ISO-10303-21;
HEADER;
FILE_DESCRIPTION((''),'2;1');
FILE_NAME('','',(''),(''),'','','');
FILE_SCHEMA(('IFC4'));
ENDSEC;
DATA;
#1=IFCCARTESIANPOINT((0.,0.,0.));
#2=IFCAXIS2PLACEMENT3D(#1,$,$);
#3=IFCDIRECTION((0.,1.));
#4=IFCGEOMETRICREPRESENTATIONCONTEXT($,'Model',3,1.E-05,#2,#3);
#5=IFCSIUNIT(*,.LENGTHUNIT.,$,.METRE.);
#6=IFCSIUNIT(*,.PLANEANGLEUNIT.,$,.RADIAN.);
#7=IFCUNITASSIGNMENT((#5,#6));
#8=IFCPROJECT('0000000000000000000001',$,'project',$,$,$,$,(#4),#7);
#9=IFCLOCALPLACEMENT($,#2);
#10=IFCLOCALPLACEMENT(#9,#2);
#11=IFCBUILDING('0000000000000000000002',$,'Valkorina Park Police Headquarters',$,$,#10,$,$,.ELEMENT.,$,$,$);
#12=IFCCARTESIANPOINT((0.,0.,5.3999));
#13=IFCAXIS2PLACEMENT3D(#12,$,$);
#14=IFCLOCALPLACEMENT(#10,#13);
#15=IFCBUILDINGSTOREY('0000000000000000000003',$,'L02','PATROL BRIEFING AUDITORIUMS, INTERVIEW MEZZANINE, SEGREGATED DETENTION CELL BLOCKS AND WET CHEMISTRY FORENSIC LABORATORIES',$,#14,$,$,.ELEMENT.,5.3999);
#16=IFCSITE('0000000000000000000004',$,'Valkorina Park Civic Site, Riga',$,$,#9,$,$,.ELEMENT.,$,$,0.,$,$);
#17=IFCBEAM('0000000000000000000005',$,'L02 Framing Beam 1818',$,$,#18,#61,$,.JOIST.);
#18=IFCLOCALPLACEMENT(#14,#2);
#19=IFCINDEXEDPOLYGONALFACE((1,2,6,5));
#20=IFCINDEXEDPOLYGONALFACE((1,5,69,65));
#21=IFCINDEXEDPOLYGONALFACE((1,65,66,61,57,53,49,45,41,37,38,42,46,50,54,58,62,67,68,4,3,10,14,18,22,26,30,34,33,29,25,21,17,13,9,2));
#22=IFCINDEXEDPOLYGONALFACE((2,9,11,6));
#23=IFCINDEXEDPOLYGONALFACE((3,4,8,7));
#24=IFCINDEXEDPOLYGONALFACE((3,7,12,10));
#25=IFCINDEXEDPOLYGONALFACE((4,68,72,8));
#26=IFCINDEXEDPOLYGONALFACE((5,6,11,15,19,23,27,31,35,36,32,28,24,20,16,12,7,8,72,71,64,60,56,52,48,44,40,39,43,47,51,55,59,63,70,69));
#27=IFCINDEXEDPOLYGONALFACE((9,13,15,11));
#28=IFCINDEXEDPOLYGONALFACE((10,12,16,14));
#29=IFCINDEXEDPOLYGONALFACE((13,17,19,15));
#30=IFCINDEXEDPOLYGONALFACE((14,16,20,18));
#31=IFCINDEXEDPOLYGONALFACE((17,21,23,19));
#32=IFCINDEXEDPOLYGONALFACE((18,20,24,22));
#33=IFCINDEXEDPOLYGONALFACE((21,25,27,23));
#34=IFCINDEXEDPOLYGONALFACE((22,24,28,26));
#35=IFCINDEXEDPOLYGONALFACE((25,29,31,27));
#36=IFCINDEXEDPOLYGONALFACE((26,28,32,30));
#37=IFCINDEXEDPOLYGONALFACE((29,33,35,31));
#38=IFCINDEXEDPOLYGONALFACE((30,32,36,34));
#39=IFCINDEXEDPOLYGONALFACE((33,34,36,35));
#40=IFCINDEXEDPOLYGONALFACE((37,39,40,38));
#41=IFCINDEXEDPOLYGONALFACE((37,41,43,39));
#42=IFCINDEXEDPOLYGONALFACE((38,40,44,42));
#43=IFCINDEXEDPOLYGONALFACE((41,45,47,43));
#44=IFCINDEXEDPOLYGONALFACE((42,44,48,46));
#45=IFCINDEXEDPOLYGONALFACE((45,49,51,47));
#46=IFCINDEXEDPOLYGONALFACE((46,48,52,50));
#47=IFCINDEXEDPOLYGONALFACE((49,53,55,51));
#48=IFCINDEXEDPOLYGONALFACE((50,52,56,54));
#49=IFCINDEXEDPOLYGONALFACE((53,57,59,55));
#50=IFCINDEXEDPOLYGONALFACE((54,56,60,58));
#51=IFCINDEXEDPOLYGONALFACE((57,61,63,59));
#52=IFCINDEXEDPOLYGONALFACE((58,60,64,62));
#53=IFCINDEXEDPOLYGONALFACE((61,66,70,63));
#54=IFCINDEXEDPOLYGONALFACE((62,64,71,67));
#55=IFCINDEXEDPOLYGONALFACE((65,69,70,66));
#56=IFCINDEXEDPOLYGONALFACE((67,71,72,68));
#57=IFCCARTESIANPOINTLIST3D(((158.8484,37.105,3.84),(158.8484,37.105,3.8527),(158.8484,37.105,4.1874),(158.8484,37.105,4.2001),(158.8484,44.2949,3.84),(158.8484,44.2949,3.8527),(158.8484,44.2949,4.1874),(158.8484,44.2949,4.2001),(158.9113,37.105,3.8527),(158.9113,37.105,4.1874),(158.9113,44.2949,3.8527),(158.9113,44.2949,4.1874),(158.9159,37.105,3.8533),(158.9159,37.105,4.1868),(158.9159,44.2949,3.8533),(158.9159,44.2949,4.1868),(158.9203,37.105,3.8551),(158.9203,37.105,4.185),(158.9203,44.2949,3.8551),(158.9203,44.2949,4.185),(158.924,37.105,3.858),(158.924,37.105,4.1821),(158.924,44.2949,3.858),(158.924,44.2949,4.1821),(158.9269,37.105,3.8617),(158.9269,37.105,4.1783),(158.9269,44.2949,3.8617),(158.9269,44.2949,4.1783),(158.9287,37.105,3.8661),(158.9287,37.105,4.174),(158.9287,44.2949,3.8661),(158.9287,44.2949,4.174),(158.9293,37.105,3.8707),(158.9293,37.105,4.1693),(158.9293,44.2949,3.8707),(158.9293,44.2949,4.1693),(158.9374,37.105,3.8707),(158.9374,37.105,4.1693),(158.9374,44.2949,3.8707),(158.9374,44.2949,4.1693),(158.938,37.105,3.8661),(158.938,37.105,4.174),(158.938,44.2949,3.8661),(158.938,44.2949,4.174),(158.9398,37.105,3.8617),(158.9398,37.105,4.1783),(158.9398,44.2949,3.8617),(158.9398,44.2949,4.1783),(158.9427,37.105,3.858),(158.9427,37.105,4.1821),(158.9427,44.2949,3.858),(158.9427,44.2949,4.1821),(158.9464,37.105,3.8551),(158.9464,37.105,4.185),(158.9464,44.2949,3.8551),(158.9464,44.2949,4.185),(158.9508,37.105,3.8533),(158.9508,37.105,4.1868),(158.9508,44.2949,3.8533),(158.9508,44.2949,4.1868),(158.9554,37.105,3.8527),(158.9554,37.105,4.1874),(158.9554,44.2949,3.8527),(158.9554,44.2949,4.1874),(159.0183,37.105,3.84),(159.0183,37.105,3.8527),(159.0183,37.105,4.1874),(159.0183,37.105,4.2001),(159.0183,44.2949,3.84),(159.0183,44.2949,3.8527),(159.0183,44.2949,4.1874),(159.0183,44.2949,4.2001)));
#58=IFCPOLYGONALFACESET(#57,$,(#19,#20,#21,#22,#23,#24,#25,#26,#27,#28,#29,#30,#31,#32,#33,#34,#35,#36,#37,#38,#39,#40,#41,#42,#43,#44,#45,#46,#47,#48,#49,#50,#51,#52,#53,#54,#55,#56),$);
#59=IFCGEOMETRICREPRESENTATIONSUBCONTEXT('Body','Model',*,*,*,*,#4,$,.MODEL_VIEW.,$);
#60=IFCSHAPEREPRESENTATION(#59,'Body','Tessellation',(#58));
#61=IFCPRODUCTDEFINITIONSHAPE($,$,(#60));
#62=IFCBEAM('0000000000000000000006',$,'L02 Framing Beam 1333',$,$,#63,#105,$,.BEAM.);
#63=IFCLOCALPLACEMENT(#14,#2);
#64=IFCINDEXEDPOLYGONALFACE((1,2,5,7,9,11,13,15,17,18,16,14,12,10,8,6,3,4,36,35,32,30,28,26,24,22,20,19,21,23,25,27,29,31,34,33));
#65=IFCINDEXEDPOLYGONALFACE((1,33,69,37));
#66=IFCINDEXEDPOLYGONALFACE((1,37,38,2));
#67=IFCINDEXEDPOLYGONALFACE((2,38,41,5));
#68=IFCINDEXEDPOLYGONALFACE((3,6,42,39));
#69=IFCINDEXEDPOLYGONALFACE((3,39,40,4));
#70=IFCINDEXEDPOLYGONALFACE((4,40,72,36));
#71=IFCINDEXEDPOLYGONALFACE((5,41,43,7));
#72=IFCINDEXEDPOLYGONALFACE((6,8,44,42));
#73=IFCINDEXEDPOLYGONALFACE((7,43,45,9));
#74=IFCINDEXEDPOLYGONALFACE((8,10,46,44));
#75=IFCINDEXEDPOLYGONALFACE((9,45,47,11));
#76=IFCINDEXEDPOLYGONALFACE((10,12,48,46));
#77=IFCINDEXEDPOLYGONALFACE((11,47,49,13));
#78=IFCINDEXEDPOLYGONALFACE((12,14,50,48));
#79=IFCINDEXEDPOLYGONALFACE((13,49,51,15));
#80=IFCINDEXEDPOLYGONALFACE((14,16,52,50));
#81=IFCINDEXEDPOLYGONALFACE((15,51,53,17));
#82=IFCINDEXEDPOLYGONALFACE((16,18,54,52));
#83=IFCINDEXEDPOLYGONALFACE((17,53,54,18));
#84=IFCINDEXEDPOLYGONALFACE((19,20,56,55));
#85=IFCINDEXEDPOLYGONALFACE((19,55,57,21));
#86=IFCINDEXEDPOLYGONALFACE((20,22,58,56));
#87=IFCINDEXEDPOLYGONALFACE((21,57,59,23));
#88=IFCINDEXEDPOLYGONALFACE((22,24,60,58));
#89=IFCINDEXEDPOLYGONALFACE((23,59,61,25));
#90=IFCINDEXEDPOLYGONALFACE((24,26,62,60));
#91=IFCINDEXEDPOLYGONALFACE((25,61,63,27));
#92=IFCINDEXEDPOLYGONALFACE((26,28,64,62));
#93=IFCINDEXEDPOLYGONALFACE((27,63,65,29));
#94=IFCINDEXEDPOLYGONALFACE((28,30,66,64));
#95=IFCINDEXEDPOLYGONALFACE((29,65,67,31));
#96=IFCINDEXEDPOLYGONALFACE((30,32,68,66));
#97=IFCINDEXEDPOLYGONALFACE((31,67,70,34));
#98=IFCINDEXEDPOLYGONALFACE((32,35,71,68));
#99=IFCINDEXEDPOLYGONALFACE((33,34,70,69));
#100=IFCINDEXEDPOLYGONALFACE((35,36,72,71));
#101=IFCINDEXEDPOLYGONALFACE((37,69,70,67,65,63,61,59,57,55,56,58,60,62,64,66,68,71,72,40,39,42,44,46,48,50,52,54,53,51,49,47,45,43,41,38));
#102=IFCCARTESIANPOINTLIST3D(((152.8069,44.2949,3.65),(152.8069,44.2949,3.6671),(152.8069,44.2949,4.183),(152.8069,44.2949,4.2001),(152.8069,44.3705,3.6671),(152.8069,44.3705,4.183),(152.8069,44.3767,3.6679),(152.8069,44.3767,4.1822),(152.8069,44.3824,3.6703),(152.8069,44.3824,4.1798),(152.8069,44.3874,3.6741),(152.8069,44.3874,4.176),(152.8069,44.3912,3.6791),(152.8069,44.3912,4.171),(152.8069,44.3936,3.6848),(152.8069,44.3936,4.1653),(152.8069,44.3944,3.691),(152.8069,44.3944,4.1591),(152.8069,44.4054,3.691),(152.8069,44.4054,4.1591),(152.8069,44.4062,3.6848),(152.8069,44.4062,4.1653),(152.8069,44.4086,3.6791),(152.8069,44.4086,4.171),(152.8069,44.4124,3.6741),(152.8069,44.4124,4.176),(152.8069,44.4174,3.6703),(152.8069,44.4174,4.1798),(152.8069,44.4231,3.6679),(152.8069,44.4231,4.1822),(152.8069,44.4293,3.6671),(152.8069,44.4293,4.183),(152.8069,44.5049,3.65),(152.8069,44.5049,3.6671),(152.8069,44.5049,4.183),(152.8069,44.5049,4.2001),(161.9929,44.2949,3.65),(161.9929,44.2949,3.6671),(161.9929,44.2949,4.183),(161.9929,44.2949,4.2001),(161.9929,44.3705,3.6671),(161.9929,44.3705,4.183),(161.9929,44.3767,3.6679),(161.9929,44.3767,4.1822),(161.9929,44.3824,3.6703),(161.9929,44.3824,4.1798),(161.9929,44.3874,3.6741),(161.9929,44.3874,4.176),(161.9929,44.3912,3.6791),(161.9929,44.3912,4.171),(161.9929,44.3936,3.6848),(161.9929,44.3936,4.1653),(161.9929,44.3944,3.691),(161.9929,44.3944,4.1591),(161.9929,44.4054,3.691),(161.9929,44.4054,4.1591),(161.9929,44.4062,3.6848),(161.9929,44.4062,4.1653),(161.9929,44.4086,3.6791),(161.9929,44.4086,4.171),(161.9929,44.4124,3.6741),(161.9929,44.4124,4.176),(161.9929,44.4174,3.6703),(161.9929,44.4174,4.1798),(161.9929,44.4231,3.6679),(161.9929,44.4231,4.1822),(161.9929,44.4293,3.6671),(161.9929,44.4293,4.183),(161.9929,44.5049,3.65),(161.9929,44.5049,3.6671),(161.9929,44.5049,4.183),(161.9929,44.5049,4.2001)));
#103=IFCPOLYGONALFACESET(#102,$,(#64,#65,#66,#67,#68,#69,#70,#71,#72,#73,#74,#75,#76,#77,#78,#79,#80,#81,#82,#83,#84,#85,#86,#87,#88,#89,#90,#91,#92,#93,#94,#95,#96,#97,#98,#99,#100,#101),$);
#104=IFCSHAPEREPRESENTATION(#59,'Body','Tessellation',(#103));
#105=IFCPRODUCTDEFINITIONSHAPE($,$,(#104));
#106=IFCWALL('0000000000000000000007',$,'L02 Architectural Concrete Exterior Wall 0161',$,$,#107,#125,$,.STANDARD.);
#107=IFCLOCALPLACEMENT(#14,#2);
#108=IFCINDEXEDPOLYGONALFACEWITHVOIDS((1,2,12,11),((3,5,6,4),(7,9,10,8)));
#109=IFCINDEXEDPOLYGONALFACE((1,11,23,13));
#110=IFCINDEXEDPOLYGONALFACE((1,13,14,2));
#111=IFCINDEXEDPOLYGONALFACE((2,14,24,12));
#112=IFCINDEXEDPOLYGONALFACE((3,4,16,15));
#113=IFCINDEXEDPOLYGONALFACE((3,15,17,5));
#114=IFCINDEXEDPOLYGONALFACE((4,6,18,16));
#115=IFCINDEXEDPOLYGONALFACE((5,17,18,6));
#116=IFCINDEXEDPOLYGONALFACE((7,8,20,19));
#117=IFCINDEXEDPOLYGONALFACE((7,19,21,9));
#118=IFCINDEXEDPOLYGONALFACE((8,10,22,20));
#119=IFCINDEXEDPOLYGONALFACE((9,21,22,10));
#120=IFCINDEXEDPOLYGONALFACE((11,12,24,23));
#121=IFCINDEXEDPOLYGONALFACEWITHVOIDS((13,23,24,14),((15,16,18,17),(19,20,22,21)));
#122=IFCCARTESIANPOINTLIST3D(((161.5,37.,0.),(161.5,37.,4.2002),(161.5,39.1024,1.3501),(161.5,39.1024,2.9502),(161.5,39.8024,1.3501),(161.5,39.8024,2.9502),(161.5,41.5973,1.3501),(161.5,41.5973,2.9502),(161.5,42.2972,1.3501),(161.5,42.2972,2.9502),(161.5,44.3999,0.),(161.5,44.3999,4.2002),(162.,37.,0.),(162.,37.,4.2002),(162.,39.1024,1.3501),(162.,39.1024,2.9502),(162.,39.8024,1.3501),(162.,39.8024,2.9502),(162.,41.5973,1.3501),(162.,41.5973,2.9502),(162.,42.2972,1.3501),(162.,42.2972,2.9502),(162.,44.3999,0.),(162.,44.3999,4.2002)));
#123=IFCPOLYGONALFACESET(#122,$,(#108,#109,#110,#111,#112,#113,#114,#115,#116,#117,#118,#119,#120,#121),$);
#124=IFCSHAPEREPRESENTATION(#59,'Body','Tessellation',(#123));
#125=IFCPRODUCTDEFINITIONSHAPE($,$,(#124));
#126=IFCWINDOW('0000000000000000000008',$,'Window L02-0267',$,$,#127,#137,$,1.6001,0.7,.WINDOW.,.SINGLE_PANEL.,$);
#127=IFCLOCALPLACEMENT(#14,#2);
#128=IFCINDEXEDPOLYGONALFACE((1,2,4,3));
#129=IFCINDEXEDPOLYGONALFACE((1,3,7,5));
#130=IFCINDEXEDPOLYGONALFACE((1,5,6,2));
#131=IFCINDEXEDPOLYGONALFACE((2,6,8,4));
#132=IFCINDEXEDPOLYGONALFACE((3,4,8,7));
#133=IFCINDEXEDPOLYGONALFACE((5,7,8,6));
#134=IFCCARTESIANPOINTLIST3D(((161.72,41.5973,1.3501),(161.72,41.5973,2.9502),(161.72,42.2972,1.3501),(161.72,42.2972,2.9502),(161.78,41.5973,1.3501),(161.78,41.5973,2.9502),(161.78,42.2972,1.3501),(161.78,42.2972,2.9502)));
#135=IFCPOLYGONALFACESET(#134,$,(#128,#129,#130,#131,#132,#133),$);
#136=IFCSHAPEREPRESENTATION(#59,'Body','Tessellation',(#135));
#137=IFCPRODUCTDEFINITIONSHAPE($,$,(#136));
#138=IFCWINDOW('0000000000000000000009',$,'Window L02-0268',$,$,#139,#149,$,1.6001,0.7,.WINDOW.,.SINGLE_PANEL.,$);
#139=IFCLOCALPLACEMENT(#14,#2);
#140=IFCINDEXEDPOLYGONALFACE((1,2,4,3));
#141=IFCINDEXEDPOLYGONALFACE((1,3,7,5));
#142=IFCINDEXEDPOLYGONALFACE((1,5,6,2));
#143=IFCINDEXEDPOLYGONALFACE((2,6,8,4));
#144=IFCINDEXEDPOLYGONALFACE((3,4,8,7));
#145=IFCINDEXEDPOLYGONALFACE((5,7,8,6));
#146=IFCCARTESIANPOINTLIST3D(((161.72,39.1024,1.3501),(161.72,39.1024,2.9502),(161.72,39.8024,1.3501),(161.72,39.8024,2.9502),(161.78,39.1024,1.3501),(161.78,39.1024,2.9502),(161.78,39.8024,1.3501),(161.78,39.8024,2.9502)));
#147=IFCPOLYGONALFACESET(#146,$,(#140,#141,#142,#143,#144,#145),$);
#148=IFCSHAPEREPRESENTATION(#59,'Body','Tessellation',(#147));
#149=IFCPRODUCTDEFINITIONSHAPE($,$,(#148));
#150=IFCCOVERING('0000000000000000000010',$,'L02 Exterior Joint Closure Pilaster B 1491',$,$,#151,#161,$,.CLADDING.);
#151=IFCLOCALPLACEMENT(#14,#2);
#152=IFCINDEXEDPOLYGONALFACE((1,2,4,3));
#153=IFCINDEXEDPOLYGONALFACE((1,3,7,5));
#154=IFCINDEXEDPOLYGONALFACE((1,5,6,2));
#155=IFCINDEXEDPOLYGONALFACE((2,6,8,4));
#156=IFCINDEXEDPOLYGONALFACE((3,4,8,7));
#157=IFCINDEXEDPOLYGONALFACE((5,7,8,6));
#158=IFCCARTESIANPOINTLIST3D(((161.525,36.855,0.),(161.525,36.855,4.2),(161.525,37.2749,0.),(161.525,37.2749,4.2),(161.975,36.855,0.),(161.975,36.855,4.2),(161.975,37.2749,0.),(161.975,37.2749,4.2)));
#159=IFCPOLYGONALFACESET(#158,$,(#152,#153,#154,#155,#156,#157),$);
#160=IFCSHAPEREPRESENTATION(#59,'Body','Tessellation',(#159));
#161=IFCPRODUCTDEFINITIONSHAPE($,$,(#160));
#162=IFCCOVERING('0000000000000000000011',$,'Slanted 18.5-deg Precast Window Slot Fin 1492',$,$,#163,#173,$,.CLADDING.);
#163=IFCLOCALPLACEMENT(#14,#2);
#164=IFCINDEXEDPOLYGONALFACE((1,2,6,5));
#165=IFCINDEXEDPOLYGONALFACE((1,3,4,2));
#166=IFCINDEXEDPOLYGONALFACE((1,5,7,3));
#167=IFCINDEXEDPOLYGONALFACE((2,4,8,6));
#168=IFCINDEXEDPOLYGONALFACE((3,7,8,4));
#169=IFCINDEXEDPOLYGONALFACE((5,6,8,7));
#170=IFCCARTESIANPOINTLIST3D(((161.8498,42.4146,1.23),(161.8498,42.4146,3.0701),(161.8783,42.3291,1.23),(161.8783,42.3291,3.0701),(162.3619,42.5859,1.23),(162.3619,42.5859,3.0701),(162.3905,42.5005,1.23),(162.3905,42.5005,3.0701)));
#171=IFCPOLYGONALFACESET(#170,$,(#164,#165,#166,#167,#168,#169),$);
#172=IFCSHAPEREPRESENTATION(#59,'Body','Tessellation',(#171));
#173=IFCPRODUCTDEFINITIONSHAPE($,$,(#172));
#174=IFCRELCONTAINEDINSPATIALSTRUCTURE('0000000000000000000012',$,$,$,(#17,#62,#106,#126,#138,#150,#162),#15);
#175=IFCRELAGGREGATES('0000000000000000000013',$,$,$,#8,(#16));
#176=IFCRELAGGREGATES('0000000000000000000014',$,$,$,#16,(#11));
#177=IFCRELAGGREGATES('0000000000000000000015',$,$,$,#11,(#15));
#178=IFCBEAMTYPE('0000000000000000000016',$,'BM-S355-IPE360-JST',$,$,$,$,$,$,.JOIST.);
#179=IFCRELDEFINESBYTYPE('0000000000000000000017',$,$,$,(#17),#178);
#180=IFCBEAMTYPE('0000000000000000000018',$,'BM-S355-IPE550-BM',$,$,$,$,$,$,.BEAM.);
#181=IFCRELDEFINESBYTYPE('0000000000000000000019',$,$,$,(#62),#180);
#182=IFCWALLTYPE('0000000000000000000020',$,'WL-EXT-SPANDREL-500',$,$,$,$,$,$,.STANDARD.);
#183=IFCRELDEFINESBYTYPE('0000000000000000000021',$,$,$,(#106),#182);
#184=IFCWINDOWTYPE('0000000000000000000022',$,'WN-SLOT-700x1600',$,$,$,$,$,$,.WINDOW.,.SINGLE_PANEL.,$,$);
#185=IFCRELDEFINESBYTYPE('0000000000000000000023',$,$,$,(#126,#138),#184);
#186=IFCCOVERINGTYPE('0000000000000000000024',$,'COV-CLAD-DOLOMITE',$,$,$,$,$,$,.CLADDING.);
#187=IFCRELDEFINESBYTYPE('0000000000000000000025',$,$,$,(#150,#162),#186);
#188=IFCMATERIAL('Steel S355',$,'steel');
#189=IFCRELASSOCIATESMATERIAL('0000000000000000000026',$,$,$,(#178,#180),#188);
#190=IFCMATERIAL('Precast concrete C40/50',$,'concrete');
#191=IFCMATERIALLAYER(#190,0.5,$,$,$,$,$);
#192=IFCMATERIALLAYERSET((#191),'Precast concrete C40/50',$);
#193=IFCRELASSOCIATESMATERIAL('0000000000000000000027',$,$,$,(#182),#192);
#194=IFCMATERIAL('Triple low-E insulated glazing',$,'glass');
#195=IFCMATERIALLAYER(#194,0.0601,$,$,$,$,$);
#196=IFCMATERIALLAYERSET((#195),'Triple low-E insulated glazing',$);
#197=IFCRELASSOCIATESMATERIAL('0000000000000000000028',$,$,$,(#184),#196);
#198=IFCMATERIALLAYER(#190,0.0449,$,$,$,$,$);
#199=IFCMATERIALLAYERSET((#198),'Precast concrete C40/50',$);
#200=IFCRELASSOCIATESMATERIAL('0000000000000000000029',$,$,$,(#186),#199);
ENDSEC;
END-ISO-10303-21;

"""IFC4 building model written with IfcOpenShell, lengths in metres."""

from ifc_helpers import new_model, si_unit, direction, frame, frame_2d, origin, origin_2d, place, context, subcontext, project, spatial, rectangle, i_section, extrude, material, layer, layer_set, material_profile, profile_set, type_object, element, fill, save


model = new_model("IFC4")

# Units and contexts
model_context = context("Model", 3, precision=1e-05, world=origin(), true_north=direction((0.0, 1.0)))
body_context = subcontext(model_context, "Body", "Model", "MODEL_VIEW")
ifc_project = project(units=[si_unit("LENGTHUNIT", "METRE"), si_unit("PLANEANGLEUNIT", "RADIAN")], contexts=[model_context])

# Site, building, storey
site_placement = place(None, origin())
site = spatial("IfcSite", under=ifc_project, at=site_placement, Name="Valkorina Park Civic Site, Riga", CompositionType="ELEMENT", RefElevation=0.0)
building_placement = place(site_placement, origin())
building = spatial("IfcBuilding", under=site, at=building_placement, Name="Valkorina Park Police Headquarters", CompositionType="ELEMENT")
storey_placement = place(building_placement, frame((0.0, 0.0, 5.3999)))
storey = spatial("IfcBuildingStorey", under=building, at=storey_placement, Name="L02", Description="PATROL BRIEFING AUDITORIUMS, INTERVIEW MEZZANINE, SEGREGATED DETENTION CELL BLOCKS AND WET CHEMISTRY FORENSIC LABORATORIES", CompositionType="ELEMENT", Elevation=5.3999)

# Shared definitions
ifc_material_1 = material(Name="Steel S355", Category="steel")

# Beams
ifc_material_profile_1 = material_profile(ifc_material_1, i_section(OverallWidth=0.1699, OverallDepth=0.3601, WebThickness=0.0081, FlangeThickness=0.0127, FilletRadius=0.0181, at=origin_2d()), Name="IPE 360")
ifc_profile_set_1 = profile_set([ifc_material_profile_1], Name="Steel S355")
beam_type_1 = type_object("IfcBeamType", Name="BM-S355-IPE360-JST", PredefinedType="JOIST", material=ifc_profile_set_1)
for number, where, z_axis, x_axis, name in (
    (1, (158.9333, 37.105, 4.02), (0.0, 1.0, 0.0), (-1.0, 0.0, 0.0), "L02 Framing Beam 1818"),
):
    element("IfcBeam", number, at=place(storey_placement, frame(where, z_axis=z_axis, x_axis=x_axis)), inside=storey, type_object=beam_type_1, Name=name, PredefinedType="JOIST", context=body_context, shape_type="SweptSolid", body=[
        extrude(i_section(OverallWidth=0.1699, OverallDepth=0.3601, WebThickness=0.0081, FlangeThickness=0.0127, FilletRadius=0.0181, at=origin_2d()), origin(), (0.0, 0.0, 1.0), 7.1899),
    ])
ifc_material_profile_2 = material_profile(ifc_material_1, i_section(OverallWidth=0.21, OverallDepth=0.55, WebThickness=0.011, FlangeThickness=0.0171, FilletRadius=0.0239, at=origin_2d()), Name="IPE 550")
ifc_profile_set_2 = profile_set([ifc_material_profile_2], Name="Steel S355")
beam_type_2 = type_object("IfcBeamType", Name="BM-S355-IPE550-BM", PredefinedType="BEAM", material=ifc_profile_set_2)
beam_1_placement = place(storey_placement, frame((152.8069, 44.3999, 3.925), z_axis=(1.0, 0.0, 0.0), x_axis=(0.0, 1.0, 0.0)))
element("IfcBeam", 2, at=beam_1_placement, inside=storey, type_object=beam_type_2, Name="L02 Framing Beam 1333", PredefinedType="BEAM", context=body_context, shape_type="SweptSolid", body=[
    extrude(i_section(OverallWidth=0.21, OverallDepth=0.55, WebThickness=0.011, FlangeThickness=0.0171, FilletRadius=0.0239, at=origin_2d()), origin(), (0.0, 0.0, 1.0), 9.186),
])

# Wall, openings, windows
ifc_material_2 = material(Name="Precast concrete C40/50", Category="concrete")
ifc_layer_1 = layer(ifc_material_2, 0.5)
ifc_layer_set_1 = layer_set([ifc_layer_1], Name="Precast concrete C40/50")
wall_type = type_object("IfcWallType", Name="WL-EXT-SPANDREL-500", PredefinedType="STANDARD", material=ifc_layer_set_1)
wall_placement = place(storey_placement, frame((161.75, 44.3999, 0.0), z_axis=(0.0, 0.0, 1.0), x_axis=(0.0, -1.0, 0.0)))
wall = element("IfcWall", 3, at=wall_placement, inside=storey, type_object=wall_type, Name="L02 Architectural Concrete Exterior Wall 0161", PredefinedType="STANDARD", context=body_context, shape_type="SweptSolid", body=[
    extrude(rectangle(XDim=7.3999, YDim=0.5, at=frame_2d((3.7, 0.0))), origin(), (0.0, 0.0, 1.0), 4.2002),
])
opening_1_placement = place(wall_placement, frame((2.1025, 0.0, 1.3501)))
opening_1 = element("IfcOpeningElement", 4, at=opening_1_placement, cuts=wall, PredefinedType="OPENING", context=body_context, shape_type="SweptSolid", body=[
    extrude(rectangle(XDim=0.7, YDim=1.6001, at=frame_2d((0.3501, 0.8))), frame((0.0, 0.26, 0.0), z_axis=(0.0, -1.0, 0.0), x_axis=(1.0, 0.0, 0.0)), (0.0, 0.0, 1.0), 0.52),
])
opening_2_placement = place(wall_placement, frame((4.5974, 0.0, 1.3501)))
opening_2 = element("IfcOpeningElement", 5, at=opening_2_placement, cuts=wall, PredefinedType="OPENING", context=body_context, shape_type="SweptSolid", body=[
    extrude(rectangle(XDim=0.7, YDim=1.6001, at=frame_2d((0.3501, 0.8))), frame((0.0, 0.26, 0.0), z_axis=(0.0, -1.0, 0.0), x_axis=(1.0, 0.0, 0.0)), (0.0, 0.0, 1.0), 0.52),
])
ifc_material_3 = material(Name="Triple low-E insulated glazing", Category="glass")
ifc_layer_2 = layer(ifc_material_3, 0.0601)
ifc_layer_set_2 = layer_set([ifc_layer_2], Name="Triple low-E insulated glazing")
window_type = type_object("IfcWindowType", Name="WN-SLOT-700x1600", PartitioningType="SINGLE_PANEL", PredefinedType="WINDOW", material=ifc_layer_set_2)
window_1_placement = place(opening_1_placement, origin())
window_1 = element("IfcWindow", 6, at=window_1_placement, inside=storey, type_object=window_type, Name="Window L02-0267", OverallHeight=1.6001, OverallWidth=0.7, PartitioningType="SINGLE_PANEL", PredefinedType="WINDOW", context=body_context, shape_type="SweptSolid", body=[
    extrude(rectangle(XDim=0.7, YDim=1.6001, at=frame_2d((0.3501, 0.8))), frame((0.0, 0.03, 0.0), z_axis=(0.0, -1.0, 0.0), x_axis=(1.0, 0.0, 0.0)), (0.0, 0.0, 1.0), 0.0601),
])
fill(opening_1, window_1)
window_2_placement = place(opening_2_placement, origin())
window_2 = element("IfcWindow", 7, at=window_2_placement, inside=storey, type_object=window_type, Name="Window L02-0268", OverallHeight=1.6001, OverallWidth=0.7, PartitioningType="SINGLE_PANEL", PredefinedType="WINDOW", context=body_context, shape_type="SweptSolid", body=[
    extrude(rectangle(XDim=0.7, YDim=1.6001, at=frame_2d((0.3501, 0.8))), frame((0.0, 0.03, 0.0), z_axis=(0.0, -1.0, 0.0), x_axis=(1.0, 0.0, 0.0)), (0.0, 0.0, 1.0), 0.0601),
])
fill(opening_2, window_2)

# Coverings
ifc_layer_3 = layer(ifc_material_2, 0.0449)
ifc_layer_set_3 = layer_set([ifc_layer_3], Name="Precast concrete C40/50")
covering_type = type_object("IfcCoveringType", Name="COV-CLAD-DOLOMITE", PredefinedType="CLADDING", material=ifc_layer_set_3)
covering_1_placement = place(storey_placement, frame((161.75, 37.0649, 0.0), z_axis=(0.0, 0.0, 1.0), x_axis=(0.0, 1.0, 0.0)))
element("IfcCovering", 8, at=covering_1_placement, inside=storey, type_object=covering_type, Name="L02 Exterior Joint Closure Pilaster B 1491", PredefinedType="CLADDING", context=body_context, shape_type="SweptSolid", body=[
    extrude(rectangle(XDim=0.4199, YDim=0.45, at=origin_2d()), origin(), (0.0, 0.0, 1.0), 4.2),
])
for number, where, z_axis, x_axis, name in (
    (9, (162.1201, 42.4575, 1.23), (0.0, 0.0, 1.0), (0.948324, 0.317305, 0.0), "Slanted 18.5-deg Precast Window Slot Fin 1492"),
):
    element("IfcCovering", number, at=place(storey_placement, frame(where, z_axis=z_axis, x_axis=x_axis)), inside=storey, type_object=covering_type, Name=name, PredefinedType="CLADDING", context=body_context, shape_type="SweptSolid", body=[
        extrude(rectangle(XDim=0.54, YDim=0.0901, at=origin_2d()), origin(), (0.0, 0.0, 1.0), 1.8401),
    ])

save(model, "model.ifc")
